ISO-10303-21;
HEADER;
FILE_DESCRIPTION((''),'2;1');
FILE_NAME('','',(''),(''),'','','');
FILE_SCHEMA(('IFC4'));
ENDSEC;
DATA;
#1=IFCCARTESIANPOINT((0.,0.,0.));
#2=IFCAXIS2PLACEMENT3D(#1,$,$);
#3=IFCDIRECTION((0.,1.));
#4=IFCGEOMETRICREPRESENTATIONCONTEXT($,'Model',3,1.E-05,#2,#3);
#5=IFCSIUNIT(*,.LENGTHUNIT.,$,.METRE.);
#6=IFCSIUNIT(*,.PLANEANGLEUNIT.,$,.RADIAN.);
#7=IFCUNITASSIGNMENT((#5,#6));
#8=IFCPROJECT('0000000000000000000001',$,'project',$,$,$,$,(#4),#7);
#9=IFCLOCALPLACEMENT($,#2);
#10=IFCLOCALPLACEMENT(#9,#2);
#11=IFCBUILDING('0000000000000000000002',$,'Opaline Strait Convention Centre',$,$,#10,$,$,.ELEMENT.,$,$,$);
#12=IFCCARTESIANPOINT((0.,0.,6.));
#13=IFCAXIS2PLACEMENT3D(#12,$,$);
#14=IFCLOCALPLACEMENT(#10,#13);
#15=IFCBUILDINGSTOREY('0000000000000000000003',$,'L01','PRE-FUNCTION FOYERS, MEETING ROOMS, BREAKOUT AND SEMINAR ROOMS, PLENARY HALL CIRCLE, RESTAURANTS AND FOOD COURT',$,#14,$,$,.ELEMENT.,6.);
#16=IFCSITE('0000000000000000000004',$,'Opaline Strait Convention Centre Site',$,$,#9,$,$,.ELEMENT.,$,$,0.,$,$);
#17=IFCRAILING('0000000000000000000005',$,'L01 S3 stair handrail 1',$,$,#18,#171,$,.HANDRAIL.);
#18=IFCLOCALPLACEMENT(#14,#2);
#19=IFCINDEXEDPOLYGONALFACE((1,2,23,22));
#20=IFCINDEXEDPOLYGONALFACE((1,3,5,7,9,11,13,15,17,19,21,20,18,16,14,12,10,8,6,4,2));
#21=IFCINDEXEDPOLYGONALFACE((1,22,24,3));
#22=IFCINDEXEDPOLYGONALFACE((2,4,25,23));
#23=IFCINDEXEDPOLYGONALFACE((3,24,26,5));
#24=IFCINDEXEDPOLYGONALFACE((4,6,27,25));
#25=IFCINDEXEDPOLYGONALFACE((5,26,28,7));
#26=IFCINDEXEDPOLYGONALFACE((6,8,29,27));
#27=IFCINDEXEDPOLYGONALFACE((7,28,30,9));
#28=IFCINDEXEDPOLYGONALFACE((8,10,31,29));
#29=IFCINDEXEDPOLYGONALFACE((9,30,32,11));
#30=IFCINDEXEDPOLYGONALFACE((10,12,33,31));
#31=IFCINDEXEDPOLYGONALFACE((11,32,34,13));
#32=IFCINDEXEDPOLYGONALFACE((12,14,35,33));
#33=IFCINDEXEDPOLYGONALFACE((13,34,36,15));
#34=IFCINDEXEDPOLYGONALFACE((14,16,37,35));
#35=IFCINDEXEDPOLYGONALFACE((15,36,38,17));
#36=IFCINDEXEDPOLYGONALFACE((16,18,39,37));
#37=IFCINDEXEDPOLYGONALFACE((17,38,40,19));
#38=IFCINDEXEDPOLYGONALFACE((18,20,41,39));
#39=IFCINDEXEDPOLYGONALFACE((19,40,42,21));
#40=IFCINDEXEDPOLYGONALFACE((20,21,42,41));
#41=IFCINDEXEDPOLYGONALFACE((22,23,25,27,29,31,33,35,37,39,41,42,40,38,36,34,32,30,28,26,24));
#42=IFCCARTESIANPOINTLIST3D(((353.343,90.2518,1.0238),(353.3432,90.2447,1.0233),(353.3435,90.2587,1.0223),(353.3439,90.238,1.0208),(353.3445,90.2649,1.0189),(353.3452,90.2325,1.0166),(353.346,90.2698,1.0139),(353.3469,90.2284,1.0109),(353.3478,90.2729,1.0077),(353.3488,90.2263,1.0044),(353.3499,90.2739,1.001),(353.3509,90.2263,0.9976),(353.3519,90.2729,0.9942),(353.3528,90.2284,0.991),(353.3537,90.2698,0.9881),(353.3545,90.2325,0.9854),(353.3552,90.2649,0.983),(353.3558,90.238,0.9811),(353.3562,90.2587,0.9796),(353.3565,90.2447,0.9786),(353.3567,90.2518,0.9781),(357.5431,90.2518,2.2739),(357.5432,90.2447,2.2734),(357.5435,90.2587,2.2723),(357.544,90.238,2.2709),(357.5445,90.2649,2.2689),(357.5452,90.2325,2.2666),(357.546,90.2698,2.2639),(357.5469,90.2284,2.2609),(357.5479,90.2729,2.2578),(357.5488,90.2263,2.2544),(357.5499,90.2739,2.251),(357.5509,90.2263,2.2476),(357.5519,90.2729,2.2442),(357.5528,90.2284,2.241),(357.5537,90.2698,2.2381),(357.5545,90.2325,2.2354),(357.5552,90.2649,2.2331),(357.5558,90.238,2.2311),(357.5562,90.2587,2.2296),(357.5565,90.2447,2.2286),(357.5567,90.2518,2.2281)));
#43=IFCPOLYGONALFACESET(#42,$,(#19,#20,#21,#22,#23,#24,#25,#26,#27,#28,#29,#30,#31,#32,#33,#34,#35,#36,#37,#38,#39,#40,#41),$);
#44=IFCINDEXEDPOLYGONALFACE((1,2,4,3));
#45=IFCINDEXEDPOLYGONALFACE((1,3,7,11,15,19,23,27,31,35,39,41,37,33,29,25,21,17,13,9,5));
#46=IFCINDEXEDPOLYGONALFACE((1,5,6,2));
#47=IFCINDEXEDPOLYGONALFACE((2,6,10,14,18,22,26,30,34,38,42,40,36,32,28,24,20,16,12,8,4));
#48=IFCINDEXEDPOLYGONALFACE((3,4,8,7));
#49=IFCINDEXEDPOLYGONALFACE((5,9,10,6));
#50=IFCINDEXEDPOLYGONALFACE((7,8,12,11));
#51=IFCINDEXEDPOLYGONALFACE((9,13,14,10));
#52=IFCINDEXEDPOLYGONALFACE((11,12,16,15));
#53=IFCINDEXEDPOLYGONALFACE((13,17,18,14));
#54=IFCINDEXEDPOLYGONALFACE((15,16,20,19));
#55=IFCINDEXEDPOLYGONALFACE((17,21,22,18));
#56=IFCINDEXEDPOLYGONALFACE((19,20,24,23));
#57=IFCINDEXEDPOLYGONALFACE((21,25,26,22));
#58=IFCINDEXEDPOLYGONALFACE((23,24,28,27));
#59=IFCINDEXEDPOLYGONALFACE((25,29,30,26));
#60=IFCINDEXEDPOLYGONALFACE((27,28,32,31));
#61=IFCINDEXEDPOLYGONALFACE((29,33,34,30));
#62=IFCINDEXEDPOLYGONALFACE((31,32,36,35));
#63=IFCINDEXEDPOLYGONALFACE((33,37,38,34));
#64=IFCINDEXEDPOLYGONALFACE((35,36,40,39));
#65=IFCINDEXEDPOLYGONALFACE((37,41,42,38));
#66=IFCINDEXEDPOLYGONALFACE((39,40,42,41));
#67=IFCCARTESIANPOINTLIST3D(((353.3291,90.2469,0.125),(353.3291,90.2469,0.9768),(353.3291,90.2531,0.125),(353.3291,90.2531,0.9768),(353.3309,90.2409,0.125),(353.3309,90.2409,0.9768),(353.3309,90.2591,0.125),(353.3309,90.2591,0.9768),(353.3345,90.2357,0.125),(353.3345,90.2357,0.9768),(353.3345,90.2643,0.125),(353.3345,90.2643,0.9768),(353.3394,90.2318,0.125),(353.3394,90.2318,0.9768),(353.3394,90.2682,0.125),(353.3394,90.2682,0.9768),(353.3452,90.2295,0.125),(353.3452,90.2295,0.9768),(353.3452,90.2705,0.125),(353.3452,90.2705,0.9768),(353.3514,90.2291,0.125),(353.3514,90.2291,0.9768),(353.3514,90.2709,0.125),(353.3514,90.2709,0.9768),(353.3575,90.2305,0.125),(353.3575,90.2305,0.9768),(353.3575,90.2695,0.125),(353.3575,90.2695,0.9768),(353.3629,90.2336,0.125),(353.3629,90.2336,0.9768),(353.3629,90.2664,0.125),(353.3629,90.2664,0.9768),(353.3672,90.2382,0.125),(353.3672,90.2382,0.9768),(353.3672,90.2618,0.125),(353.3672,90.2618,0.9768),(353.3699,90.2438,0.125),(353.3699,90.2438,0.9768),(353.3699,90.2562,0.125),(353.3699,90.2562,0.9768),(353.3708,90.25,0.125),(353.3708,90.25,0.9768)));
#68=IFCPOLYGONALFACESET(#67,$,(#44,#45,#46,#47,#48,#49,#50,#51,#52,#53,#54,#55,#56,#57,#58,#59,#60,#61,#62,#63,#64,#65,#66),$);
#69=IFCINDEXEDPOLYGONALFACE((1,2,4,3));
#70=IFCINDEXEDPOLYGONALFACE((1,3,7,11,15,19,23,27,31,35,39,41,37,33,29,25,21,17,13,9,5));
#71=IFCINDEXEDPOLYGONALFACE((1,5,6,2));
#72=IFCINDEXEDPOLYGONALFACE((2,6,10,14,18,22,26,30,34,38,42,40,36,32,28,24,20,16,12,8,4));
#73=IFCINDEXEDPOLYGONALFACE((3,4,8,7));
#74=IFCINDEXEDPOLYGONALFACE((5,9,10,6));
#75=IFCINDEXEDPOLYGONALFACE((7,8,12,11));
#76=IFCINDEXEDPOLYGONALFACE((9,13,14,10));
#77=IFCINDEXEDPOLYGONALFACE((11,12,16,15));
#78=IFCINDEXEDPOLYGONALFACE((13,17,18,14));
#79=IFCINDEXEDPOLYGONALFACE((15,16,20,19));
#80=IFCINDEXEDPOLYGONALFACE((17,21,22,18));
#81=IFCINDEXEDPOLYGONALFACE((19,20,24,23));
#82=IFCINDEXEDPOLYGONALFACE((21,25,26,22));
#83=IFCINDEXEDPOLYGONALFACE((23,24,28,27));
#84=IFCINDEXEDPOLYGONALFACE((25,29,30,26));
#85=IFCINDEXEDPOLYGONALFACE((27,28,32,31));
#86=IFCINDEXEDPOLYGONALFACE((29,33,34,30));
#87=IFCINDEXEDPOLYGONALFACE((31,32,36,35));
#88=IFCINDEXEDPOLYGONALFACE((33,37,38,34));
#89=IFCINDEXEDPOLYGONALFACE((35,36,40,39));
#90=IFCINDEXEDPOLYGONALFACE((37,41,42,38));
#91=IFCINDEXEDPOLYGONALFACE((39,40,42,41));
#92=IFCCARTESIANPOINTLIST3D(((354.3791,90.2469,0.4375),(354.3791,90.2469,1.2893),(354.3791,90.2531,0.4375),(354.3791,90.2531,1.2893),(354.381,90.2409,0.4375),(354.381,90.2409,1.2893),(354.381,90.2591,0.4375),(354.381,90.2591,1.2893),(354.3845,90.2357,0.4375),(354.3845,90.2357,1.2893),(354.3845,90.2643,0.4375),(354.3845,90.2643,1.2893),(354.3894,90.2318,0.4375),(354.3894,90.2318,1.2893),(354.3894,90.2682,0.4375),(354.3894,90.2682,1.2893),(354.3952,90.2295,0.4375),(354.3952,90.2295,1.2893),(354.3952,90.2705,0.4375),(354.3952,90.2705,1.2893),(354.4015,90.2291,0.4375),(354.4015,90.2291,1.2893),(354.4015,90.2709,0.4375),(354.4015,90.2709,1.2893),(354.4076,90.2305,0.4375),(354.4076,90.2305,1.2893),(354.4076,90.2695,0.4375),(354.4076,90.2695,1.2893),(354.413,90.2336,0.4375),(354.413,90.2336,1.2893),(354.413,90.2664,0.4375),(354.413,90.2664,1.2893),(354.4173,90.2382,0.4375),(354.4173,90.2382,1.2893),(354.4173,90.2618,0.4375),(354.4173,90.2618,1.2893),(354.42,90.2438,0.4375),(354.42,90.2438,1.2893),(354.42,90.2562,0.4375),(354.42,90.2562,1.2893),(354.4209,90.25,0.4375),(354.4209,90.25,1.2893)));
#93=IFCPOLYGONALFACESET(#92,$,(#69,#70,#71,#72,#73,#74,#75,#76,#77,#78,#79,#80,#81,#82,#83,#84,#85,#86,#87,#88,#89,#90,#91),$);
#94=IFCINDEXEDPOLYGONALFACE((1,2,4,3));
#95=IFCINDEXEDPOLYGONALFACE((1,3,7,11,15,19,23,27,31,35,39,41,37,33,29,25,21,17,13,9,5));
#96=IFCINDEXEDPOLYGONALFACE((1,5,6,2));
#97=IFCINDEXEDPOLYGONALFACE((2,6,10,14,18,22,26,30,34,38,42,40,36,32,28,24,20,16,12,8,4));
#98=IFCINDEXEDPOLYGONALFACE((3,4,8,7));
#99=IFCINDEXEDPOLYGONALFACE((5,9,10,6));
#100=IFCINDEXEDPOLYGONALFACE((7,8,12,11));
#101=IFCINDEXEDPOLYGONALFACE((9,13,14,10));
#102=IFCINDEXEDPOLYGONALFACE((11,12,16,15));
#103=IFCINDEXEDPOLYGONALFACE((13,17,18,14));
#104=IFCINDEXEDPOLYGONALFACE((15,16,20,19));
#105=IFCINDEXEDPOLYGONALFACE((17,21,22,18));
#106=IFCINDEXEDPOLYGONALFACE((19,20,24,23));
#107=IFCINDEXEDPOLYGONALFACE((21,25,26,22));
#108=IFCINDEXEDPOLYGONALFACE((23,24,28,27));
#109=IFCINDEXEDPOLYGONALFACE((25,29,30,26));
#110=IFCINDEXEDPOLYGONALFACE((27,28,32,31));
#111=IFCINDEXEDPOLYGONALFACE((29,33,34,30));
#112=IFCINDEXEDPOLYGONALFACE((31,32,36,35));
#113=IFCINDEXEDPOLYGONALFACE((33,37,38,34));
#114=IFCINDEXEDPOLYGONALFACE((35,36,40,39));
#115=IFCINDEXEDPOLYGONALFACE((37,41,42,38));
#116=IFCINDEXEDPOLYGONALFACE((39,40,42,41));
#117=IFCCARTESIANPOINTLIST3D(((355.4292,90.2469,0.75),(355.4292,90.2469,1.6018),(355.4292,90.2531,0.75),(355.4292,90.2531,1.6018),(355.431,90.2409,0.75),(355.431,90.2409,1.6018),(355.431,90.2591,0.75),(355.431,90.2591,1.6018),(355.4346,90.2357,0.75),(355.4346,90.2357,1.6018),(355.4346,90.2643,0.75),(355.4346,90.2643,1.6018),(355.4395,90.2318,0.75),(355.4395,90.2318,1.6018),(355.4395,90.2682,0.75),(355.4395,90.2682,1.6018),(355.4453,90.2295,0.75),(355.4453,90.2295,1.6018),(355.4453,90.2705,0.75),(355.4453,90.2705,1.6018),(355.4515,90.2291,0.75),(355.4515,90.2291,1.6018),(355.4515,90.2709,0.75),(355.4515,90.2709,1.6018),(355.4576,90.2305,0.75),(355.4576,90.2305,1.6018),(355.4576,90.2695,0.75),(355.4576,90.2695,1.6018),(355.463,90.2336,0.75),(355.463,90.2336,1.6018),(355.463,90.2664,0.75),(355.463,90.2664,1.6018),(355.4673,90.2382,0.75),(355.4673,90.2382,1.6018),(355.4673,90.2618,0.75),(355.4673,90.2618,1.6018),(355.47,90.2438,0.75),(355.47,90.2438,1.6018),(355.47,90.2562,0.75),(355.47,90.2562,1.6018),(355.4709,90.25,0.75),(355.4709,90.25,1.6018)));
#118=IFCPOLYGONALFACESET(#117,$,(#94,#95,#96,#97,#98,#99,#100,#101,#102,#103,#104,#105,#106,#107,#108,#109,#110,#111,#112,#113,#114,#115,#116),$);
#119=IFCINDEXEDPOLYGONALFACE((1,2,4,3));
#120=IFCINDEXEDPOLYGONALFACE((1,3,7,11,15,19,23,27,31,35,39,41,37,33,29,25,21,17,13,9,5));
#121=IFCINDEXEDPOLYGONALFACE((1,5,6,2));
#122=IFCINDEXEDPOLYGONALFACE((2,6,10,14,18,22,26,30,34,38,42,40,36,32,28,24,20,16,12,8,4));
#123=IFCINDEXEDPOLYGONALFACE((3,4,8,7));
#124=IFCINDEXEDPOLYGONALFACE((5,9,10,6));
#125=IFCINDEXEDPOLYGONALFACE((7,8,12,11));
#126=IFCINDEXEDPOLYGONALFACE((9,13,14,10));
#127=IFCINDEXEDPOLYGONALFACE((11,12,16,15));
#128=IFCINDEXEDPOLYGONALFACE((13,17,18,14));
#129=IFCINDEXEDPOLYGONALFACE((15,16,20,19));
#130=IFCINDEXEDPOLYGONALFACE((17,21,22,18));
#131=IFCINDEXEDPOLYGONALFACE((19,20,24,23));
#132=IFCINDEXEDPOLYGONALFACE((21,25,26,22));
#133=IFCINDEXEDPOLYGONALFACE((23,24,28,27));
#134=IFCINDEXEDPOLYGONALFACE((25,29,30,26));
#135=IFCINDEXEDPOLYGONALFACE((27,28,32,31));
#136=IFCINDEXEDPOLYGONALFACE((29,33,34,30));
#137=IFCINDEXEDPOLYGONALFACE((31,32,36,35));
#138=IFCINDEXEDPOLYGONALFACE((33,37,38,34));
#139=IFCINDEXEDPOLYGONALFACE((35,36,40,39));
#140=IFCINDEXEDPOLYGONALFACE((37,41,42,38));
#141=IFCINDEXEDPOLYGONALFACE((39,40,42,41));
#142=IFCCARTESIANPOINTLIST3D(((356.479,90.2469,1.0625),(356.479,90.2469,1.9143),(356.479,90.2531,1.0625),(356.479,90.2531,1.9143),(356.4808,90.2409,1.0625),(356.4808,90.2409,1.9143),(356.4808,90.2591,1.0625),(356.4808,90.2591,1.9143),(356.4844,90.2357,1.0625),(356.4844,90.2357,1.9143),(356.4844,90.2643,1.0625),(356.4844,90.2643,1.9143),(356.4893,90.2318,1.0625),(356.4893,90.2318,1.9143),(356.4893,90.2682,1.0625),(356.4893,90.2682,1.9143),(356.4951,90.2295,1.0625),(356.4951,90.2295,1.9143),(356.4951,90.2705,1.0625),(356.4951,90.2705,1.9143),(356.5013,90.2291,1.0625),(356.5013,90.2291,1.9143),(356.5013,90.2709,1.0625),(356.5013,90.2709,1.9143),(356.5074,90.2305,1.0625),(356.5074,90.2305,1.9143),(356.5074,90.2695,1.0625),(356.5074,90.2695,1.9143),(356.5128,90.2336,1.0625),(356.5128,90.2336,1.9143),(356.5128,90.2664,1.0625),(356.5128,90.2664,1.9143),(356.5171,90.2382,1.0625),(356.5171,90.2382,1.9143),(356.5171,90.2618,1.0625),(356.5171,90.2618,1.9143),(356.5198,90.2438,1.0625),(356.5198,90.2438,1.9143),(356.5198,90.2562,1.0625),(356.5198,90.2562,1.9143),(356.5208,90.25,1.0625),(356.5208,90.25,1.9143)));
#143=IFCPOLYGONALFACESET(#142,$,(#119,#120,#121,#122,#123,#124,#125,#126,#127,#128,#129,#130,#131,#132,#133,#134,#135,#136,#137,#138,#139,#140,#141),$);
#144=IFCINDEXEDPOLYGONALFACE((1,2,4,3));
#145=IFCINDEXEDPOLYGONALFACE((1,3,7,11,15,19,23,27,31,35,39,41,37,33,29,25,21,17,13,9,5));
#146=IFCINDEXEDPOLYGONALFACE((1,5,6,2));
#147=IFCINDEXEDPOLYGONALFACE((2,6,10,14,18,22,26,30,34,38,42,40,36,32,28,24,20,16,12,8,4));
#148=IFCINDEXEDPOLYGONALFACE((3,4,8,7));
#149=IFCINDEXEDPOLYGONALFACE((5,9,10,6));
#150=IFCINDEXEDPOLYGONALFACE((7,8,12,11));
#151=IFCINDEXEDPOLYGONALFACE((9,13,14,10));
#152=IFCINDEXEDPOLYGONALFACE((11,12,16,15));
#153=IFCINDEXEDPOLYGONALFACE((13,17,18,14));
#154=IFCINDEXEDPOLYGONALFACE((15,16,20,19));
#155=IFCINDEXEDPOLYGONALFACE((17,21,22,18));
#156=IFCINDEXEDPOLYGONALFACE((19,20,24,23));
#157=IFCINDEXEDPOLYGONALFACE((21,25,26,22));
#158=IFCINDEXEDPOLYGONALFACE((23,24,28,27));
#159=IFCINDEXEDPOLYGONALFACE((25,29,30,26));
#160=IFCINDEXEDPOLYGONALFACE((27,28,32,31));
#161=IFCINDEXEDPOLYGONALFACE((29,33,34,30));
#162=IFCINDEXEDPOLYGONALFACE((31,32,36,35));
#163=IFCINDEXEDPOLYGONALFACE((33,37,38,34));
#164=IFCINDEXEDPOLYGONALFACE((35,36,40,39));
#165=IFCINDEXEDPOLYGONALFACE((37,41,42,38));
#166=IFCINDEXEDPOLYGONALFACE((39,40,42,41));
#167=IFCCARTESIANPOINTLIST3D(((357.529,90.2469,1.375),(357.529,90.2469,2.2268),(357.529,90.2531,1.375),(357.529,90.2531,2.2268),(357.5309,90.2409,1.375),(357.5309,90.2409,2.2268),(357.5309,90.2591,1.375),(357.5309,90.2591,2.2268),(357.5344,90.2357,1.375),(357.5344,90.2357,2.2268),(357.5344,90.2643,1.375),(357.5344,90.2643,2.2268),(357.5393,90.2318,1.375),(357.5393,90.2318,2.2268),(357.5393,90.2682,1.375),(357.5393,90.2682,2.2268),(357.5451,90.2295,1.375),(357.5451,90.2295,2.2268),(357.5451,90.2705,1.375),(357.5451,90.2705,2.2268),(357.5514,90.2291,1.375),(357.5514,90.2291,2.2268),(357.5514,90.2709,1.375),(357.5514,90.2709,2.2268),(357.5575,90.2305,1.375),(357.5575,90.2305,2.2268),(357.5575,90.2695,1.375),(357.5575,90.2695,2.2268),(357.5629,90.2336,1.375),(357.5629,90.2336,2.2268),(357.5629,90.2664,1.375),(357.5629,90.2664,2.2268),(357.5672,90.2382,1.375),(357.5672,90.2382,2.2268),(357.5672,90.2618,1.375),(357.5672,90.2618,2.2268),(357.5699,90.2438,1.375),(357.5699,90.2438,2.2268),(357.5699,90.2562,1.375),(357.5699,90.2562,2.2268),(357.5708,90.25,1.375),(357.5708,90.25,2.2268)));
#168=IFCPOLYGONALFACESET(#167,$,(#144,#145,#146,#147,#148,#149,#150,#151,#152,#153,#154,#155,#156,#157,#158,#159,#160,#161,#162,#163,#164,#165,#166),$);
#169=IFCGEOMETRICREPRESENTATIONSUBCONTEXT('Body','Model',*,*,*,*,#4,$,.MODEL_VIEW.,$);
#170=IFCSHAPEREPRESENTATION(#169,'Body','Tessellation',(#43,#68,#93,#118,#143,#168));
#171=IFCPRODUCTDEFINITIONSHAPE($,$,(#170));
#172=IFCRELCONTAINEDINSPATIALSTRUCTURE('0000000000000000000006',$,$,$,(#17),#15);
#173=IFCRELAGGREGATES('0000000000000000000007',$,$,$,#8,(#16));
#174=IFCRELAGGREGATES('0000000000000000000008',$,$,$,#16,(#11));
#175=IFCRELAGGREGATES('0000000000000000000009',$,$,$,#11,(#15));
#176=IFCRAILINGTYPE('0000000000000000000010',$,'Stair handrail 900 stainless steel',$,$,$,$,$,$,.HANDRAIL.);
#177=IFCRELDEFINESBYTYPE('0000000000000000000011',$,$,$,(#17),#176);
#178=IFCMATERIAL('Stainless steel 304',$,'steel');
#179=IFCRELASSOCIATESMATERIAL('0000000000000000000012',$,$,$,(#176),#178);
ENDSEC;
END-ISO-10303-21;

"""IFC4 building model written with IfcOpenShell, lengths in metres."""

from ifc_helpers import new_model, si_unit, direction, frame, origin, origin_2d, place, context, subcontext, project, spatial, circle, extrude, material, type_object, element, save


model = new_model("IFC4")

# Units and contexts
model_context = context("Model", 3, precision=1e-05, world=origin(), true_north=direction((0.0, 1.0)))
body_context = subcontext(model_context, "Body", "Model", "MODEL_VIEW")
ifc_project = project(units=[si_unit("LENGTHUNIT", "METRE"), si_unit("PLANEANGLEUNIT", "RADIAN")], contexts=[model_context])

# Site, building, storey
site_placement = place(None, origin())
site = spatial("IfcSite", under=ifc_project, at=site_placement, Name="Opaline Strait Convention Centre Site", CompositionType="ELEMENT", RefElevation=0.0)
building_placement = place(site_placement, origin())
building = spatial("IfcBuilding", under=site, at=building_placement, Name="Opaline Strait Convention Centre", CompositionType="ELEMENT")
storey_placement = place(building_placement, frame((0.0, 0.0, 6.0)))
storey = spatial("IfcBuildingStorey", under=building, at=storey_placement, Name="L01", Description="PRE-FUNCTION FOYERS, MEETING ROOMS, BREAKOUT AND SEMINAR ROOMS, PLENARY HALL CIRCLE, RESTAURANTS AND FOOD COURT", CompositionType="ELEMENT", Elevation=6.0)

# Railing
ifc_material_1 = material(Name="Stainless steel 304", Category="steel")
railing_type = type_object("IfcRailingType", Name="Stair handrail 900 stainless steel", PredefinedType="HANDRAIL", material=ifc_material_1)
for number, where, name in (
    (1, (353.3499, 90.25, 0.125), "L01 S3 stair handrail 1"),
):
    element("IfcRailing", number, at=place(storey_placement, frame(where)), inside=storey, type_object=railing_type, Name=name, PredefinedType="HANDRAIL", context=body_context, shape_type="SweptSolid", body=[
        extrude(circle(Radius=0.0239, at=origin_2d()), frame((0.0, 0.0, 0.876), z_axis=(0.958451, 0.0, 0.285257), x_axis=(0.0, 1.0, 0.0)), (0.0, 0.0, 1.0), 4.3821),
        extrude(circle(Radius=0.021, at=origin_2d()), origin(), (0.0, 0.0, 1.0), 0.8518),
        extrude(circle(Radius=0.021, at=origin_2d()), frame((1.05, 0.0, 0.3125)), (0.0, 0.0, 1.0), 0.8518),
        extrude(circle(Radius=0.021, at=origin_2d()), frame((2.1001, 0.0, 0.625)), (0.0, 0.0, 1.0), 0.8518),
        extrude(circle(Radius=0.021, at=origin_2d()), frame((3.1499, 0.0, 0.9375)), (0.0, 0.0, 1.0), 0.8518),
        extrude(circle(Radius=0.021, at=origin_2d()), frame((4.2, 0.0, 1.25)), (0.0, 0.0, 1.0), 0.8518),
    ])

save(model, "model.ifc")
